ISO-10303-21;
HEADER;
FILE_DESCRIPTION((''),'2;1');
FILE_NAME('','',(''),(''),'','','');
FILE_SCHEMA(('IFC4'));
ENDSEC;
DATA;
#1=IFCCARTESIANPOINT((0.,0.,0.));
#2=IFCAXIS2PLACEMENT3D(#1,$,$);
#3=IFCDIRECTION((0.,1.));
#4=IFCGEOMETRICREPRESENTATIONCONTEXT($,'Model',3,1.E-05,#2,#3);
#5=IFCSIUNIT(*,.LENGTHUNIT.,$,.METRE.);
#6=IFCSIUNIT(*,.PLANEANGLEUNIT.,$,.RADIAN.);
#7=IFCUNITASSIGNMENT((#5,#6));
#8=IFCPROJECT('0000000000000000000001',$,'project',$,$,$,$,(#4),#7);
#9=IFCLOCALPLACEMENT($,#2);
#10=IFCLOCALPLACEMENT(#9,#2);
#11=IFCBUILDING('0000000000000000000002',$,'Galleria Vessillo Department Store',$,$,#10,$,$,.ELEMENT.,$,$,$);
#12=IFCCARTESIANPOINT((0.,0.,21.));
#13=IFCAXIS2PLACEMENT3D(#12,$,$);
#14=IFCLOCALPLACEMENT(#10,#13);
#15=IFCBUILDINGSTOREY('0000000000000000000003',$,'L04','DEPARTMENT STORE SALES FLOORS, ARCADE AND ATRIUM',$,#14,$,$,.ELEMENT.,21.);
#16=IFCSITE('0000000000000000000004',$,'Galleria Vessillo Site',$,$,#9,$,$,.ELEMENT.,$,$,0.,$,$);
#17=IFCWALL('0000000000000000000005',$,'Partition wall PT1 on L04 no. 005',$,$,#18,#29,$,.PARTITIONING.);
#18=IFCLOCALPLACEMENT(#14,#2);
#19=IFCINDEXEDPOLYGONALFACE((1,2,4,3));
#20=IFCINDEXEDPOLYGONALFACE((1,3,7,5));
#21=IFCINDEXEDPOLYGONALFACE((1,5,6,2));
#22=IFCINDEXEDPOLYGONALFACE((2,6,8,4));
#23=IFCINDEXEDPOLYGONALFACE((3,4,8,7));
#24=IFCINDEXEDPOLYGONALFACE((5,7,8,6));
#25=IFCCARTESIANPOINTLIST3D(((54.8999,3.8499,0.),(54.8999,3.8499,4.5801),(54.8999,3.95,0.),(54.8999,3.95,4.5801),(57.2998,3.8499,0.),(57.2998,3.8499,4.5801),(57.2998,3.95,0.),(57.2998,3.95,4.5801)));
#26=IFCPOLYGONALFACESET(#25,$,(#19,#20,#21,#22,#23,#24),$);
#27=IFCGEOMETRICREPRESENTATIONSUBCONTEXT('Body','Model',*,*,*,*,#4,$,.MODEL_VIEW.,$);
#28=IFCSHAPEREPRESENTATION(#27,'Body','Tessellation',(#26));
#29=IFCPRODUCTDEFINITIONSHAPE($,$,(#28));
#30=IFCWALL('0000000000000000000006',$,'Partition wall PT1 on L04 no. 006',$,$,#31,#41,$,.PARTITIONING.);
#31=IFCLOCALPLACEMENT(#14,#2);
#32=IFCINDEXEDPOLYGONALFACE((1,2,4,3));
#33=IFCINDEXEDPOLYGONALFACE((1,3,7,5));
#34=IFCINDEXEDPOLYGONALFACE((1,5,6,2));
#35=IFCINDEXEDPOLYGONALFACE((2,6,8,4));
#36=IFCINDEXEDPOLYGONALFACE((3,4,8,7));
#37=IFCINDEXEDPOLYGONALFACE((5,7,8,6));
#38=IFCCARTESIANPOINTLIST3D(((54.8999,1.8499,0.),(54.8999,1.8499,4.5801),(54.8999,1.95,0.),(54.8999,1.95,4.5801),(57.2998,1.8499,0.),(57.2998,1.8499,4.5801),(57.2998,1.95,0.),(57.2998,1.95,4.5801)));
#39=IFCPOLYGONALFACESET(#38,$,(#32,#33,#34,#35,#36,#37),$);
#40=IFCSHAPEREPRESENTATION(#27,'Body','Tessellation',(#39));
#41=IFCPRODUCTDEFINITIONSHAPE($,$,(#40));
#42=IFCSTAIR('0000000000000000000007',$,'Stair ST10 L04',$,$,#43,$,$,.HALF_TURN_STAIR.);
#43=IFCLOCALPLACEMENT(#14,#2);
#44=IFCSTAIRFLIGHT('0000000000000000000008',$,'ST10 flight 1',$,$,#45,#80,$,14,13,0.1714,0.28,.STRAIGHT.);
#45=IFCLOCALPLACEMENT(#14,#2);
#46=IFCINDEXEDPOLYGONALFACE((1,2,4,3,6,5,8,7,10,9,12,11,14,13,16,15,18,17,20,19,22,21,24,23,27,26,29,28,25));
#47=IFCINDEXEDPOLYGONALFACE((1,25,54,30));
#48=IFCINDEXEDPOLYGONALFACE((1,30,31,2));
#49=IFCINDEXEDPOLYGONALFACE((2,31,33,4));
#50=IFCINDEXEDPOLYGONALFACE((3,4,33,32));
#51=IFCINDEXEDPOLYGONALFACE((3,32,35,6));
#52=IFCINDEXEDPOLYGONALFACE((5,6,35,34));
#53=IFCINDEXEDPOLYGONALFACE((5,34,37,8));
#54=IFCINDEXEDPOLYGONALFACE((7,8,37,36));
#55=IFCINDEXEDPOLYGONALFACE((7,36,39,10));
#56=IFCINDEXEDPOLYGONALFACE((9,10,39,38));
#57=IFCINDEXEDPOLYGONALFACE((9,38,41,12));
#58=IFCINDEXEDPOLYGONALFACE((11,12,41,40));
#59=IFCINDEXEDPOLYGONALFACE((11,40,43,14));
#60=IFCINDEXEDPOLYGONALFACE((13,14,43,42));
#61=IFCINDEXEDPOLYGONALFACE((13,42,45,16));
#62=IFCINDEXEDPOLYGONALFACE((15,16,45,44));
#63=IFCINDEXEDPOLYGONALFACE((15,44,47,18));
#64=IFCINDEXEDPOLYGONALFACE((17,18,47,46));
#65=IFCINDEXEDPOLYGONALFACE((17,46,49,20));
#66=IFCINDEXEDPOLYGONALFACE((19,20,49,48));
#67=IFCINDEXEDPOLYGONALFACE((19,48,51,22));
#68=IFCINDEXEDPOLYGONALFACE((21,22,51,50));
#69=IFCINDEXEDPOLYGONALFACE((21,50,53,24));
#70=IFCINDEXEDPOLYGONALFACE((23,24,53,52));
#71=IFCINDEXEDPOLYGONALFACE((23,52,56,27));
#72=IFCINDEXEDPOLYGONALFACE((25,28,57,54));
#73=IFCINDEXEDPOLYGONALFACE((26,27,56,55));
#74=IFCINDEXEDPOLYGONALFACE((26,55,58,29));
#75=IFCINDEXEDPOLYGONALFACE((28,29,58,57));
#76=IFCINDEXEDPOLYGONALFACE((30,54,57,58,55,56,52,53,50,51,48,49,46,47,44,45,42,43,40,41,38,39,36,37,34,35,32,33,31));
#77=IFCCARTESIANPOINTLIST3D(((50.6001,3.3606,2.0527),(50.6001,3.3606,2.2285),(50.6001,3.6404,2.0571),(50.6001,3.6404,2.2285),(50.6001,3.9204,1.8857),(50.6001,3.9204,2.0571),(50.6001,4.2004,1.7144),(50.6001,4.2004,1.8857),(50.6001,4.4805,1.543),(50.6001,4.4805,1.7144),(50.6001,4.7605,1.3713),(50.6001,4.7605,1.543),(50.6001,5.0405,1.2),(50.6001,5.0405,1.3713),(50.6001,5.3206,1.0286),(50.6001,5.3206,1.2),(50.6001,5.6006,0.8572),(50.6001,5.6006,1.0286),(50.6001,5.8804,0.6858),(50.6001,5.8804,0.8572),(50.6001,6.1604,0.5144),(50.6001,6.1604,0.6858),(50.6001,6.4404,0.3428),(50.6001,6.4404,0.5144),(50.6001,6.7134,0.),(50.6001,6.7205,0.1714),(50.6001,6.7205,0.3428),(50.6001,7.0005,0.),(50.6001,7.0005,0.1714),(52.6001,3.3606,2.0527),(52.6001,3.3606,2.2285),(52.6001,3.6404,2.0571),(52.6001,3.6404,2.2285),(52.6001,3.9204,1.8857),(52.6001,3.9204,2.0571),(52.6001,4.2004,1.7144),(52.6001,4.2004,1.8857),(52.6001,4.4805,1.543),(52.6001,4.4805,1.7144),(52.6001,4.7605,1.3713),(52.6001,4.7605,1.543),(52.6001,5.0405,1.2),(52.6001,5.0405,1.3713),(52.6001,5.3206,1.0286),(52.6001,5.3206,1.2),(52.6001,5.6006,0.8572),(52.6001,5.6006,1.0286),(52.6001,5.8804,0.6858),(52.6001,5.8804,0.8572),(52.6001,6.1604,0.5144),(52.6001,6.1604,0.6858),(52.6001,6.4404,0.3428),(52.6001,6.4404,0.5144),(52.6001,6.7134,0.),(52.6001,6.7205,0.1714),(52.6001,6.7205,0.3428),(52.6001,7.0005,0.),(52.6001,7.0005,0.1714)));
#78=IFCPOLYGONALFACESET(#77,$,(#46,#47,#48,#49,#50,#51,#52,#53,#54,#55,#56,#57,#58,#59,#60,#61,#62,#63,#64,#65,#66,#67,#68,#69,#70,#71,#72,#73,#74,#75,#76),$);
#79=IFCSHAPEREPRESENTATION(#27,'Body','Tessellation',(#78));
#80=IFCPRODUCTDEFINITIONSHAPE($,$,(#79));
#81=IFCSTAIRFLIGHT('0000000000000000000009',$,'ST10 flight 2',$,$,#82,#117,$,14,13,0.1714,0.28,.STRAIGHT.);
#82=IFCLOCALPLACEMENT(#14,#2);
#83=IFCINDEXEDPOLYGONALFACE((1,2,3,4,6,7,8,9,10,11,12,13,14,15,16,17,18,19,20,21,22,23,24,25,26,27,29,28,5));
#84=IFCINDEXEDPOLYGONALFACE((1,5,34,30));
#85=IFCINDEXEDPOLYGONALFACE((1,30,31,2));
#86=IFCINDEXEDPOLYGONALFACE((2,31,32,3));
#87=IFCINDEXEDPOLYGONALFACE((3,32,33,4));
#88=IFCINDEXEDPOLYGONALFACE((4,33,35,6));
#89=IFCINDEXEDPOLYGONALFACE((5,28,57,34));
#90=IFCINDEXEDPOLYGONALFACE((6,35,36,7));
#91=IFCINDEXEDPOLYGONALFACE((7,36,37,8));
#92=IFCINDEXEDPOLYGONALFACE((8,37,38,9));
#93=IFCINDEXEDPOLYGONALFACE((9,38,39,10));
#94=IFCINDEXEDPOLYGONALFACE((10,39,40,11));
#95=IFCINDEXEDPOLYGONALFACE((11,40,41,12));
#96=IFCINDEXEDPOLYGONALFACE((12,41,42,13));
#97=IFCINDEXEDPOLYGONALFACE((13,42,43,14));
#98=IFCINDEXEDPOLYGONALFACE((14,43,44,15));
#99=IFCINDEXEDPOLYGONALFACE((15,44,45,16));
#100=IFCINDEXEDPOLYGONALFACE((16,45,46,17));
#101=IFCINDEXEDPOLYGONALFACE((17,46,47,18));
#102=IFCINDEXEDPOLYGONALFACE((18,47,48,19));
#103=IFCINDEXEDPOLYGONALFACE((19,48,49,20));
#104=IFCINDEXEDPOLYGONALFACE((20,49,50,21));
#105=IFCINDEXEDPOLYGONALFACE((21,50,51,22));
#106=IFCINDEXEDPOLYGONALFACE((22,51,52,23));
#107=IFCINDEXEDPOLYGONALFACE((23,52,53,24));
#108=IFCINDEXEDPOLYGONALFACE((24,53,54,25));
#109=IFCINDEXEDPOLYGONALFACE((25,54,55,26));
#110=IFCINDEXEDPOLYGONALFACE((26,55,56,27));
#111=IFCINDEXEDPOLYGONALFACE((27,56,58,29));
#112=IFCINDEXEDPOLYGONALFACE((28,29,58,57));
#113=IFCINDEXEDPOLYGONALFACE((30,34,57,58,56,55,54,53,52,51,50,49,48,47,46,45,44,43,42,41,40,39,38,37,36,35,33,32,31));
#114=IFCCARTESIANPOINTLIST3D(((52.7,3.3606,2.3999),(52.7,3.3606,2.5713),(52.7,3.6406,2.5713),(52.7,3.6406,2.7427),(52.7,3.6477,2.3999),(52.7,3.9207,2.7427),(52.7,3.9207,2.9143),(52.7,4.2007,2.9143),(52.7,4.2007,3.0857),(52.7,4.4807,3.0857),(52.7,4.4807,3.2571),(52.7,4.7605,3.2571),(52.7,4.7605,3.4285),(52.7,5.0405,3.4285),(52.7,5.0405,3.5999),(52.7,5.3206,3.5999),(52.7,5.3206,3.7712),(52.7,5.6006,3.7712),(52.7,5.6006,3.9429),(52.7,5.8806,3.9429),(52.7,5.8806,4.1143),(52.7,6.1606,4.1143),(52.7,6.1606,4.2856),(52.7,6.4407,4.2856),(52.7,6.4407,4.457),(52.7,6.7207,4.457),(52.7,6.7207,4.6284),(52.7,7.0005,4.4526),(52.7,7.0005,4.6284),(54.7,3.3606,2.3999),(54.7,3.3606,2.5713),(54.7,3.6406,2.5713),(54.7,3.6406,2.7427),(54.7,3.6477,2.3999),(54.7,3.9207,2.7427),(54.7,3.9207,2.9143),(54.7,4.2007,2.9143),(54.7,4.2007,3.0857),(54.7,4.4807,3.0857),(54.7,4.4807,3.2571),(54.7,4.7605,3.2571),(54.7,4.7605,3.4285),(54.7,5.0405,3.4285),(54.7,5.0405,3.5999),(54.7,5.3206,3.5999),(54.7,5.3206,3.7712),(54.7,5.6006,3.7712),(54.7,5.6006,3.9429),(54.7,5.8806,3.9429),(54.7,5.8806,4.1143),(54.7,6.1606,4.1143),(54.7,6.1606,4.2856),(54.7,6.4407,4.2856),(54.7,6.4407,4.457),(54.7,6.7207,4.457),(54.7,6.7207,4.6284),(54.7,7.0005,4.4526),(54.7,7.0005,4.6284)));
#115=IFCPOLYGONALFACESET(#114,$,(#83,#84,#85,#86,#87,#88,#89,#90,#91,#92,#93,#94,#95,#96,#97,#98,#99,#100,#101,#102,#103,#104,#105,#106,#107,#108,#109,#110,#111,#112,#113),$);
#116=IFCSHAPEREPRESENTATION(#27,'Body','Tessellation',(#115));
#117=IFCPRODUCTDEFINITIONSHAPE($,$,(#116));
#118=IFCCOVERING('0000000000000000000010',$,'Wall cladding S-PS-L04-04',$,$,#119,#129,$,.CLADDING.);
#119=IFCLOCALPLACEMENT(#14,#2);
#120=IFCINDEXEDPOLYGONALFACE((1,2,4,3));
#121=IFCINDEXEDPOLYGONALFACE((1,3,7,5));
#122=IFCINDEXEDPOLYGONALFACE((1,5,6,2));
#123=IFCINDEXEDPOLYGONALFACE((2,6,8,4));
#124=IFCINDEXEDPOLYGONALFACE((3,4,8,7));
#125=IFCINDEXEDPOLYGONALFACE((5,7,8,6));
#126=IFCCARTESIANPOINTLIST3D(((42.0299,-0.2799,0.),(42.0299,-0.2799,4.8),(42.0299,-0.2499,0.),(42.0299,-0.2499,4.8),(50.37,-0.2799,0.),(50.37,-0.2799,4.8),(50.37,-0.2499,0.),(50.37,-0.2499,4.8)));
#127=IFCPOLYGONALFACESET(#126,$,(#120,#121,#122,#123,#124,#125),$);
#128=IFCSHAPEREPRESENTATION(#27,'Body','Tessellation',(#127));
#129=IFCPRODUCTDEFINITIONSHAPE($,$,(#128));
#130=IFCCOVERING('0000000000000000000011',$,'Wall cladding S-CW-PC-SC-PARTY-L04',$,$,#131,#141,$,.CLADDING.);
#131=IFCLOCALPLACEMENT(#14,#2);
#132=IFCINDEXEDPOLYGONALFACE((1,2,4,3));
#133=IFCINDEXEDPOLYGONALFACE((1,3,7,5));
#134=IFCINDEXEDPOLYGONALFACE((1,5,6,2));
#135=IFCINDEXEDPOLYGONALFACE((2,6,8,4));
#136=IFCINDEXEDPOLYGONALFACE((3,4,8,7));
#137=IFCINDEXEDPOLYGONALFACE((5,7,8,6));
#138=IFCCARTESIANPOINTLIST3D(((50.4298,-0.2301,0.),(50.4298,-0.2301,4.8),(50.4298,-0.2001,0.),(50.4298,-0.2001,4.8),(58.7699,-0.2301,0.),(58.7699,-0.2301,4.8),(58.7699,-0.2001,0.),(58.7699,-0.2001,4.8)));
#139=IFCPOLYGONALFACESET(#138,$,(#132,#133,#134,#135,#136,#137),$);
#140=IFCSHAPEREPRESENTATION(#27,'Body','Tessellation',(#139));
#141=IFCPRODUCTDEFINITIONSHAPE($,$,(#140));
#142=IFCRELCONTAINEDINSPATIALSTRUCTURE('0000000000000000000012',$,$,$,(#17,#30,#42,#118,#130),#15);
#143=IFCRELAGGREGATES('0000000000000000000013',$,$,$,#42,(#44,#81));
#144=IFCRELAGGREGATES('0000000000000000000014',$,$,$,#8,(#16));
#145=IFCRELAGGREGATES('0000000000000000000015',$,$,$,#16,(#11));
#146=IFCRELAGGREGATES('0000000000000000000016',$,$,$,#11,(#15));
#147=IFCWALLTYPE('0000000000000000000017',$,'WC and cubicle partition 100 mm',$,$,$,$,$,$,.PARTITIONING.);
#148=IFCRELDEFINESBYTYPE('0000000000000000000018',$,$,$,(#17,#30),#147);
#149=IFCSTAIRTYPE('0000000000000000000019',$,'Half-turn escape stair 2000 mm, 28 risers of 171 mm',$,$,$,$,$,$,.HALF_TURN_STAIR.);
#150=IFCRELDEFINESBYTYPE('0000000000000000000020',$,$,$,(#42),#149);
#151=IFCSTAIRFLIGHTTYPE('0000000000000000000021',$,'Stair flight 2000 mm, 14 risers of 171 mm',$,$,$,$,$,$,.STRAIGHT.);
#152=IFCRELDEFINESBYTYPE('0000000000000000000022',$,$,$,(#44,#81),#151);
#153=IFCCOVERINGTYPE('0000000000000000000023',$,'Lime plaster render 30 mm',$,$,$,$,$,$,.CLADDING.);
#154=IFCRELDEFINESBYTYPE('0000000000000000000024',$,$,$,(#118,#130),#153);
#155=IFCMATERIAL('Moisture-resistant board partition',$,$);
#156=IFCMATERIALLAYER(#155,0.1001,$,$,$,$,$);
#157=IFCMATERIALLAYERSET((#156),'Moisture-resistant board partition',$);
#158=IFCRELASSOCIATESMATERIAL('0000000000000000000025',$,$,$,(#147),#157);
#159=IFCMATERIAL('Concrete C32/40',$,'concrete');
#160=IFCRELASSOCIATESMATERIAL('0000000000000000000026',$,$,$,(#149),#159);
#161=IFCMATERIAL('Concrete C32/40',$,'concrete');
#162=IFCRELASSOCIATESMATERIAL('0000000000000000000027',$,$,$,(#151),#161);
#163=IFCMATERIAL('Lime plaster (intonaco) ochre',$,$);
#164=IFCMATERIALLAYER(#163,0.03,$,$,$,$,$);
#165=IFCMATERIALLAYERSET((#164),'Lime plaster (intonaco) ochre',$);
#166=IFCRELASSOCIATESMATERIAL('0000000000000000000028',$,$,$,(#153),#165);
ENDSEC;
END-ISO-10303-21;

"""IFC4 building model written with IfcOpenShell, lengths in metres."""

from ifc_helpers import new_model, si_unit, direction, frame, frame_2d, origin, origin_2d, place, context, subcontext, project, spatial, polyline, rectangle, outline, extrude, material, layer, layer_set, type_object, element, aggregate, save


model = new_model("IFC4")

# Units and contexts
model_context = context("Model", 3, precision=1e-05, world=origin(), true_north=direction((0.0, 1.0)))
body_context = subcontext(model_context, "Body", "Model", "MODEL_VIEW")
ifc_project = project(units=[si_unit("LENGTHUNIT", "METRE"), si_unit("PLANEANGLEUNIT", "RADIAN")], contexts=[model_context])

# Site, building, storey
site_placement = place(None, origin())
site = spatial("IfcSite", under=ifc_project, at=site_placement, Name="Galleria Vessillo Site", CompositionType="ELEMENT", RefElevation=0.0)
building_placement = place(site_placement, origin())
building = spatial("IfcBuilding", under=site, at=building_placement, Name="Galleria Vessillo Department Store", CompositionType="ELEMENT")
storey_placement = place(building_placement, frame((0.0, 0.0, 21.0)))
storey = spatial("IfcBuildingStorey", under=building, at=storey_placement, Name="L04", Description="DEPARTMENT STORE SALES FLOORS, ARCADE AND ATRIUM", CompositionType="ELEMENT", Elevation=21.0)

# Shared definitions
ifc_material_1 = material(Name="Moisture-resistant board partition")
ifc_layer_1 = layer(ifc_material_1, 0.1001)
ifc_layer_set_1 = layer_set([ifc_layer_1], Name="Moisture-resistant board partition")
wall_type_1 = type_object("IfcWallType", Name="WC and cubicle partition 100 mm", PredefinedType="PARTITIONING", material=ifc_layer_set_1)

# Walls
for number, where, z_axis, x_axis, name in (
    (1, (54.8999, 3.8999, 0.0), (0.0, 0.0, 1.0), (1.0, 0.0, 0.0), "Partition wall PT1 on L04 no. 005"),
    (2, (54.8999, 1.8999, 0.0), (0.0, 0.0, 1.0), (1.0, 0.0, 0.0), "Partition wall PT1 on L04 no. 006"),
):
    element("IfcWall", number, at=place(storey_placement, frame(where, z_axis=z_axis, x_axis=x_axis)), inside=storey, type_object=wall_type_1, Name=name, PredefinedType="PARTITIONING", context=body_context, shape_type="SweptSolid", body=[
        extrude(rectangle(XDim=2.3999, YDim=0.1001, at=frame_2d((1.2, 0.0))), origin(), (0.0, 0.0, 1.0), 4.5801),
    ])

# Stair, stair flights
ifc_material_2 = material(Name="Concrete C32/40", Category="concrete")
stair_type = type_object("IfcStairType", Name="Half-turn escape stair 2000 mm, 28 risers of 171 mm", PredefinedType="HALF_TURN_STAIR", material=ifc_material_2)
stair_placement = place(storey_placement, origin())
stair = element("IfcStair", 3, at=stair_placement, inside=storey, type_object=stair_type, Name="Stair ST10 L04", PredefinedType="HALF_TURN_STAIR")
ifc_material_3 = material(Name="Concrete C32/40", Category="concrete")
stair_flight_type = type_object("IfcStairFlightType", Name="Stair flight 2000 mm, 14 risers of 171 mm", PredefinedType="STRAIGHT", material=ifc_material_3)
stair_flight_1_placement = place(storey_placement, frame((51.6001, 7.0005, 0.0), z_axis=(0.0, 0.0, 1.0), x_axis=(0.0, -1.0, 0.0)))
stair_flight_1 = element("IfcStairFlight", 4, at=stair_flight_1_placement, type_object=stair_flight_type, Name="ST10 flight 1", NumberOfRisers=14, NumberOfTreads=13, PredefinedType="STRAIGHT", RiserHeight=0.1714, TreadLength=0.28, context=body_context, shape_type="SweptSolid", body=[
    extrude(outline(polyline([(0.0, 0.0), (0.0, 0.1714), (0.28, 0.1714), (0.28, 0.3428), (0.5601, 0.3428), (0.5601, 0.5144), (0.8401, 0.5144), (0.8401, 0.6858), (1.1201, 0.6858), (1.1201, 0.8572), (1.3999, 0.8572), (1.3999, 1.0286), (1.6799, 1.0286), (1.6799, 1.2), (1.96, 1.2), (1.96, 1.3713), (2.24, 1.3713), (2.24, 1.543), (2.52, 1.543), (2.52, 1.7144), (2.8, 1.7144), (2.8, 1.8857), (3.0801, 1.8857), (3.0801, 2.0571), (3.3601, 2.0571), (3.3601, 2.2285), (3.6399, 2.2285), (3.6399, 2.3999), (3.6399, 2.0527), (0.2871, 0.0), (0.0, 0.0)])), frame((0.0, 1.0, 0.0), z_axis=(0.0, -1.0, 0.0), x_axis=(1.0, 0.0, 0.0)), (0.0, 0.0, 1.0), 2.0),
])
stair_flight_2_placement = place(storey_placement, frame((53.7, 3.3606, 2.3999), z_axis=(0.0, 0.0, 1.0), x_axis=(0.0, 1.0, 0.0)))
stair_flight_2 = element("IfcStairFlight", 5, at=stair_flight_2_placement, type_object=stair_flight_type, Name="ST10 flight 2", NumberOfRisers=14, NumberOfTreads=13, PredefinedType="STRAIGHT", RiserHeight=0.1714, TreadLength=0.28, context=body_context, shape_type="SweptSolid", body=[
    extrude(outline(polyline([(0.0, 0.0), (0.0, 0.1714), (0.28, 0.1714), (0.28, 0.3428), (0.5601, 0.3428), (0.5601, 0.5144), (0.8401, 0.5144), (0.8401, 0.6858), (1.1201, 0.6858), (1.1201, 0.8572), (1.3999, 0.8572), (1.3999, 1.0286), (1.6799, 1.0286), (1.6799, 1.2), (1.96, 1.2), (1.96, 1.3713), (2.24, 1.3713), (2.24, 1.543), (2.52, 1.543), (2.52, 1.7144), (2.8, 1.7144), (2.8, 1.8857), (3.0801, 1.8857), (3.0801, 2.0571), (3.3601, 2.0571), (3.3601, 2.2285), (3.6399, 2.2285), (3.6399, 2.3999), (3.6399, 2.0527), (0.2871, 0.0), (0.0, 0.0)])), frame((0.0, 1.0, 0.0), z_axis=(0.0, -1.0, 0.0), x_axis=(1.0, 0.0, 0.0)), (0.0, 0.0, 1.0), 2.0),
])
aggregate(stair, [stair_flight_1, stair_flight_2])

# Coverings
ifc_material_4 = material(Name="Lime plaster (intonaco) ochre")
ifc_layer_2 = layer(ifc_material_4, 0.03)
ifc_layer_set_2 = layer_set([ifc_layer_2], Name="Lime plaster (intonaco) ochre")
covering_type = type_object("IfcCoveringType", Name="Lime plaster render 30 mm", PredefinedType="CLADDING", material=ifc_layer_set_2)
for number, where, z_axis, x_axis, name in (
    (6, (46.2, -0.2649, 0.0), (0.0, 0.0, 1.0), (1.0, 0.0, 0.0), "Wall cladding S-PS-L04-04"),
    (7, (54.5999, -0.2151, 0.0), (0.0, 0.0, 1.0), (1.0, 0.0, 0.0), "Wall cladding S-CW-PC-SC-PARTY-L04"),
):
    element("IfcCovering", number, at=place(storey_placement, frame(where, z_axis=z_axis, x_axis=x_axis)), inside=storey, type_object=covering_type, Name=name, PredefinedType="CLADDING", context=body_context, shape_type="SweptSolid", body=[
        extrude(rectangle(XDim=8.3401, YDim=0.03, at=origin_2d()), origin(), (0.0, 0.0, 1.0), 4.8),
    ])

save(model, "model.ifc")
